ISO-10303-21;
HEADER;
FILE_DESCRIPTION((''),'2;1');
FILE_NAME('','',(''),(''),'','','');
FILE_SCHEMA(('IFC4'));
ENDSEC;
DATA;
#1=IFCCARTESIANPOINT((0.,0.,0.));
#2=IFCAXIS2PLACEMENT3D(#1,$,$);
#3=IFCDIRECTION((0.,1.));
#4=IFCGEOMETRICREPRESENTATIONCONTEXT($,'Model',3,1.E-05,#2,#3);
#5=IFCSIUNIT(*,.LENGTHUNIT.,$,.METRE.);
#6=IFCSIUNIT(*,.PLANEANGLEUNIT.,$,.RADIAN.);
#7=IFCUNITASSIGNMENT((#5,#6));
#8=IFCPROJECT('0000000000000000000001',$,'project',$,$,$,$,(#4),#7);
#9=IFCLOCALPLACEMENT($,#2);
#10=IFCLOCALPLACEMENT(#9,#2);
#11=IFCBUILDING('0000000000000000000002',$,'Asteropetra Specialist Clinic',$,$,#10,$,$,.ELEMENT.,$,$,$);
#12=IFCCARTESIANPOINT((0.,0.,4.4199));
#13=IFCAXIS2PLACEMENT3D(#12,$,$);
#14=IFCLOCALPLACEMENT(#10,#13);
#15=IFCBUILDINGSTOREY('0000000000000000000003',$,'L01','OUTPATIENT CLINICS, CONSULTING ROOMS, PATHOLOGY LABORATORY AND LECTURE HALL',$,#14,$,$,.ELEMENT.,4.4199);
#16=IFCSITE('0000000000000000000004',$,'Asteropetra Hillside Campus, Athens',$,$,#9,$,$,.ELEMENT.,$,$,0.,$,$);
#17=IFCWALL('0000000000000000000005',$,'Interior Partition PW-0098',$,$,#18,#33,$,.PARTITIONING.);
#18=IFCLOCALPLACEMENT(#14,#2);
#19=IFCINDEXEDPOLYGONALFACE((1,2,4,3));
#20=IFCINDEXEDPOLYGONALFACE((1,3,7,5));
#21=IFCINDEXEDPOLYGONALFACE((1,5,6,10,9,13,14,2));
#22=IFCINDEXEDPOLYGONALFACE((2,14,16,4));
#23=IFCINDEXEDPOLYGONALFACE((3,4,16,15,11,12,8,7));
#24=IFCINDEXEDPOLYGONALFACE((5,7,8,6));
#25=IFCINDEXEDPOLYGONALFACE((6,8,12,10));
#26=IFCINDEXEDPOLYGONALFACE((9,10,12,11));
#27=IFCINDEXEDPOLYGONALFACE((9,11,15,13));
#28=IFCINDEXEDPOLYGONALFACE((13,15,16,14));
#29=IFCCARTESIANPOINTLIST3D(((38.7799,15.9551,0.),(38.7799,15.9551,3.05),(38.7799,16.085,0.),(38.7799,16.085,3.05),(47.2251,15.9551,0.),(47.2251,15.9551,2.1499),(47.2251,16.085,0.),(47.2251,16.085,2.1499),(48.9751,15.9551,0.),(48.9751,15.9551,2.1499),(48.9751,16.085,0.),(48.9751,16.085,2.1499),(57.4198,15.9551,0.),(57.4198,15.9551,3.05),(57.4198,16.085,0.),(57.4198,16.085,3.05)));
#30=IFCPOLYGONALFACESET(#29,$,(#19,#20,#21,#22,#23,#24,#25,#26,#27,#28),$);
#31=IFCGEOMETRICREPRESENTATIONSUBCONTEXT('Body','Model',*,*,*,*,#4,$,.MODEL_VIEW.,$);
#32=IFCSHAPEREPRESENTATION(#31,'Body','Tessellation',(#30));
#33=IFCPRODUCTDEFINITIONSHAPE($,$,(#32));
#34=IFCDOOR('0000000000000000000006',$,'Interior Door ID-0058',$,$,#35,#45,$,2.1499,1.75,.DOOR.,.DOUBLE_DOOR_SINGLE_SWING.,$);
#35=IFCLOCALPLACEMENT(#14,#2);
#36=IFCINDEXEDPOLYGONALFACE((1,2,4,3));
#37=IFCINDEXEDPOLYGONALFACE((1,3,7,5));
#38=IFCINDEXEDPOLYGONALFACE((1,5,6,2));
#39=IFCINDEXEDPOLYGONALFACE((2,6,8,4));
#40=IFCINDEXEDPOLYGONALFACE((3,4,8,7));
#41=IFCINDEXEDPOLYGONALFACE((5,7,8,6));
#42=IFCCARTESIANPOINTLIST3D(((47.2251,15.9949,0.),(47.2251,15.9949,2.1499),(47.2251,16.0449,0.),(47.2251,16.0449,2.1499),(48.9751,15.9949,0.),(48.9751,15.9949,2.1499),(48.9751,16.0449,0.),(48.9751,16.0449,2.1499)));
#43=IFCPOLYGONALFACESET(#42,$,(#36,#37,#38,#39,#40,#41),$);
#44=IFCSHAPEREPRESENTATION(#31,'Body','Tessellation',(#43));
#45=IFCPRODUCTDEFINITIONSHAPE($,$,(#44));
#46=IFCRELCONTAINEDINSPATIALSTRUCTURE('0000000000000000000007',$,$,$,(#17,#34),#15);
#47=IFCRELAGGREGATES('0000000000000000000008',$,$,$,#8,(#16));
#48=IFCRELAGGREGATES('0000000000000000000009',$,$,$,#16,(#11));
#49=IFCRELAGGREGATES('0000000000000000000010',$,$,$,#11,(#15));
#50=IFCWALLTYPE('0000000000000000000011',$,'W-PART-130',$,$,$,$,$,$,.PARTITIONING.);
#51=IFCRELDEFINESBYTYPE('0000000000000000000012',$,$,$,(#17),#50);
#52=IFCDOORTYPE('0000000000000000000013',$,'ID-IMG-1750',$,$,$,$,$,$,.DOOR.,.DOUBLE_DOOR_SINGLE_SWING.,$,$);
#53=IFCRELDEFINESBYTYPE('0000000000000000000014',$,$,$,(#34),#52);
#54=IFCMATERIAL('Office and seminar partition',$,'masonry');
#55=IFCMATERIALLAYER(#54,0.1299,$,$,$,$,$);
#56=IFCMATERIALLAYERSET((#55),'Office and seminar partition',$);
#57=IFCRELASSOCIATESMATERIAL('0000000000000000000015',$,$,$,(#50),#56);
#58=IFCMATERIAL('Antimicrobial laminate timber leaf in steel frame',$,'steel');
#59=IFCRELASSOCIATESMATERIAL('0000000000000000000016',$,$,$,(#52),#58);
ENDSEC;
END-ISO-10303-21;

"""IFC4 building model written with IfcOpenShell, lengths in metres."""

from ifc_helpers import new_model, si_unit, direction, frame, frame_2d, origin, place, context, subcontext, project, spatial, rectangle, extrude, material, layer, layer_set, type_object, element, fill, save


model = new_model("IFC4")

# Units and contexts
model_context = context("Model", 3, precision=1e-05, world=origin(), true_north=direction((0.0, 1.0)))
body_context = subcontext(model_context, "Body", "Model", "MODEL_VIEW")
ifc_project = project(units=[si_unit("LENGTHUNIT", "METRE"), si_unit("PLANEANGLEUNIT", "RADIAN")], contexts=[model_context])

# Site, building, storey
site_placement = place(None, origin())
site = spatial("IfcSite", under=ifc_project, at=site_placement, Name="Asteropetra Hillside Campus, Athens", CompositionType="ELEMENT", RefElevation=0.0)
building_placement = place(site_placement, origin())
building = spatial("IfcBuilding", under=site, at=building_placement, Name="Asteropetra Specialist Clinic", CompositionType="ELEMENT")
storey_placement = place(building_placement, frame((0.0, 0.0, 4.4199)))
storey = spatial("IfcBuildingStorey", under=building, at=storey_placement, Name="L01", Description="OUTPATIENT CLINICS, CONSULTING ROOMS, PATHOLOGY LABORATORY AND LECTURE HALL", CompositionType="ELEMENT", Elevation=4.4199)

# Wall, opening, door
ifc_material_1 = material(Name="Office and seminar partition", Category="masonry")
ifc_layer_1 = layer(ifc_material_1, 0.1299)
ifc_layer_set_1 = layer_set([ifc_layer_1], Name="Office and seminar partition")
wall_type = type_object("IfcWallType", Name="W-PART-130", PredefinedType="PARTITIONING", material=ifc_layer_set_1)
wall_placement = place(storey_placement, frame((38.78, 16.02, 0.0), z_axis=(0.0, 0.0, 1.0), x_axis=(1.0, 0.0, 0.0)))
wall = element("IfcWall", 1, at=wall_placement, inside=storey, type_object=wall_type, Name="Interior Partition PW-0098", PredefinedType="PARTITIONING", context=body_context, shape_type="SweptSolid", body=[
    extrude(rectangle(XDim=18.6399, YDim=0.1299, at=frame_2d((9.3198, 0.0))), origin(), (0.0, 0.0, 1.0), 3.05),
])
opening_placement = place(wall_placement, frame((8.4451, 0.0, 0.0)))
opening = element("IfcOpeningElement", 2, at=opening_placement, cuts=wall, PredefinedType="OPENING", context=body_context, shape_type="SweptSolid", body=[
    extrude(rectangle(XDim=1.75, YDim=2.1499, at=frame_2d((0.875, 1.075))), frame((0.0, 0.075, 0.0), z_axis=(0.0, -1.0, 0.0), x_axis=(1.0, 0.0, 0.0)), (0.0, 0.0, 1.0), 0.1499),
])
ifc_material_2 = material(Name="Antimicrobial laminate timber leaf in steel frame", Category="steel")
door_type = type_object("IfcDoorType", Name="ID-IMG-1750", OperationType="DOUBLE_DOOR_SINGLE_SWING", PredefinedType="DOOR", material=ifc_material_2)
door_placement = place(opening_placement, origin())
door = element("IfcDoor", 3, at=door_placement, inside=storey, type_object=door_type, Name="Interior Door ID-0058", OperationType="DOUBLE_DOOR_SINGLE_SWING", OverallHeight=2.1499, OverallWidth=1.75, PredefinedType="DOOR", context=body_context, shape_type="SweptSolid", body=[
    extrude(rectangle(XDim=1.75, YDim=2.1499, at=frame_2d((0.875, 1.075))), frame((0.0, 0.0249, 0.0), z_axis=(0.0, -1.0, 0.0), x_axis=(1.0, 0.0, 0.0)), (0.0, 0.0, 1.0), 0.05),
])
fill(opening, door)

save(model, "model.ifc")
